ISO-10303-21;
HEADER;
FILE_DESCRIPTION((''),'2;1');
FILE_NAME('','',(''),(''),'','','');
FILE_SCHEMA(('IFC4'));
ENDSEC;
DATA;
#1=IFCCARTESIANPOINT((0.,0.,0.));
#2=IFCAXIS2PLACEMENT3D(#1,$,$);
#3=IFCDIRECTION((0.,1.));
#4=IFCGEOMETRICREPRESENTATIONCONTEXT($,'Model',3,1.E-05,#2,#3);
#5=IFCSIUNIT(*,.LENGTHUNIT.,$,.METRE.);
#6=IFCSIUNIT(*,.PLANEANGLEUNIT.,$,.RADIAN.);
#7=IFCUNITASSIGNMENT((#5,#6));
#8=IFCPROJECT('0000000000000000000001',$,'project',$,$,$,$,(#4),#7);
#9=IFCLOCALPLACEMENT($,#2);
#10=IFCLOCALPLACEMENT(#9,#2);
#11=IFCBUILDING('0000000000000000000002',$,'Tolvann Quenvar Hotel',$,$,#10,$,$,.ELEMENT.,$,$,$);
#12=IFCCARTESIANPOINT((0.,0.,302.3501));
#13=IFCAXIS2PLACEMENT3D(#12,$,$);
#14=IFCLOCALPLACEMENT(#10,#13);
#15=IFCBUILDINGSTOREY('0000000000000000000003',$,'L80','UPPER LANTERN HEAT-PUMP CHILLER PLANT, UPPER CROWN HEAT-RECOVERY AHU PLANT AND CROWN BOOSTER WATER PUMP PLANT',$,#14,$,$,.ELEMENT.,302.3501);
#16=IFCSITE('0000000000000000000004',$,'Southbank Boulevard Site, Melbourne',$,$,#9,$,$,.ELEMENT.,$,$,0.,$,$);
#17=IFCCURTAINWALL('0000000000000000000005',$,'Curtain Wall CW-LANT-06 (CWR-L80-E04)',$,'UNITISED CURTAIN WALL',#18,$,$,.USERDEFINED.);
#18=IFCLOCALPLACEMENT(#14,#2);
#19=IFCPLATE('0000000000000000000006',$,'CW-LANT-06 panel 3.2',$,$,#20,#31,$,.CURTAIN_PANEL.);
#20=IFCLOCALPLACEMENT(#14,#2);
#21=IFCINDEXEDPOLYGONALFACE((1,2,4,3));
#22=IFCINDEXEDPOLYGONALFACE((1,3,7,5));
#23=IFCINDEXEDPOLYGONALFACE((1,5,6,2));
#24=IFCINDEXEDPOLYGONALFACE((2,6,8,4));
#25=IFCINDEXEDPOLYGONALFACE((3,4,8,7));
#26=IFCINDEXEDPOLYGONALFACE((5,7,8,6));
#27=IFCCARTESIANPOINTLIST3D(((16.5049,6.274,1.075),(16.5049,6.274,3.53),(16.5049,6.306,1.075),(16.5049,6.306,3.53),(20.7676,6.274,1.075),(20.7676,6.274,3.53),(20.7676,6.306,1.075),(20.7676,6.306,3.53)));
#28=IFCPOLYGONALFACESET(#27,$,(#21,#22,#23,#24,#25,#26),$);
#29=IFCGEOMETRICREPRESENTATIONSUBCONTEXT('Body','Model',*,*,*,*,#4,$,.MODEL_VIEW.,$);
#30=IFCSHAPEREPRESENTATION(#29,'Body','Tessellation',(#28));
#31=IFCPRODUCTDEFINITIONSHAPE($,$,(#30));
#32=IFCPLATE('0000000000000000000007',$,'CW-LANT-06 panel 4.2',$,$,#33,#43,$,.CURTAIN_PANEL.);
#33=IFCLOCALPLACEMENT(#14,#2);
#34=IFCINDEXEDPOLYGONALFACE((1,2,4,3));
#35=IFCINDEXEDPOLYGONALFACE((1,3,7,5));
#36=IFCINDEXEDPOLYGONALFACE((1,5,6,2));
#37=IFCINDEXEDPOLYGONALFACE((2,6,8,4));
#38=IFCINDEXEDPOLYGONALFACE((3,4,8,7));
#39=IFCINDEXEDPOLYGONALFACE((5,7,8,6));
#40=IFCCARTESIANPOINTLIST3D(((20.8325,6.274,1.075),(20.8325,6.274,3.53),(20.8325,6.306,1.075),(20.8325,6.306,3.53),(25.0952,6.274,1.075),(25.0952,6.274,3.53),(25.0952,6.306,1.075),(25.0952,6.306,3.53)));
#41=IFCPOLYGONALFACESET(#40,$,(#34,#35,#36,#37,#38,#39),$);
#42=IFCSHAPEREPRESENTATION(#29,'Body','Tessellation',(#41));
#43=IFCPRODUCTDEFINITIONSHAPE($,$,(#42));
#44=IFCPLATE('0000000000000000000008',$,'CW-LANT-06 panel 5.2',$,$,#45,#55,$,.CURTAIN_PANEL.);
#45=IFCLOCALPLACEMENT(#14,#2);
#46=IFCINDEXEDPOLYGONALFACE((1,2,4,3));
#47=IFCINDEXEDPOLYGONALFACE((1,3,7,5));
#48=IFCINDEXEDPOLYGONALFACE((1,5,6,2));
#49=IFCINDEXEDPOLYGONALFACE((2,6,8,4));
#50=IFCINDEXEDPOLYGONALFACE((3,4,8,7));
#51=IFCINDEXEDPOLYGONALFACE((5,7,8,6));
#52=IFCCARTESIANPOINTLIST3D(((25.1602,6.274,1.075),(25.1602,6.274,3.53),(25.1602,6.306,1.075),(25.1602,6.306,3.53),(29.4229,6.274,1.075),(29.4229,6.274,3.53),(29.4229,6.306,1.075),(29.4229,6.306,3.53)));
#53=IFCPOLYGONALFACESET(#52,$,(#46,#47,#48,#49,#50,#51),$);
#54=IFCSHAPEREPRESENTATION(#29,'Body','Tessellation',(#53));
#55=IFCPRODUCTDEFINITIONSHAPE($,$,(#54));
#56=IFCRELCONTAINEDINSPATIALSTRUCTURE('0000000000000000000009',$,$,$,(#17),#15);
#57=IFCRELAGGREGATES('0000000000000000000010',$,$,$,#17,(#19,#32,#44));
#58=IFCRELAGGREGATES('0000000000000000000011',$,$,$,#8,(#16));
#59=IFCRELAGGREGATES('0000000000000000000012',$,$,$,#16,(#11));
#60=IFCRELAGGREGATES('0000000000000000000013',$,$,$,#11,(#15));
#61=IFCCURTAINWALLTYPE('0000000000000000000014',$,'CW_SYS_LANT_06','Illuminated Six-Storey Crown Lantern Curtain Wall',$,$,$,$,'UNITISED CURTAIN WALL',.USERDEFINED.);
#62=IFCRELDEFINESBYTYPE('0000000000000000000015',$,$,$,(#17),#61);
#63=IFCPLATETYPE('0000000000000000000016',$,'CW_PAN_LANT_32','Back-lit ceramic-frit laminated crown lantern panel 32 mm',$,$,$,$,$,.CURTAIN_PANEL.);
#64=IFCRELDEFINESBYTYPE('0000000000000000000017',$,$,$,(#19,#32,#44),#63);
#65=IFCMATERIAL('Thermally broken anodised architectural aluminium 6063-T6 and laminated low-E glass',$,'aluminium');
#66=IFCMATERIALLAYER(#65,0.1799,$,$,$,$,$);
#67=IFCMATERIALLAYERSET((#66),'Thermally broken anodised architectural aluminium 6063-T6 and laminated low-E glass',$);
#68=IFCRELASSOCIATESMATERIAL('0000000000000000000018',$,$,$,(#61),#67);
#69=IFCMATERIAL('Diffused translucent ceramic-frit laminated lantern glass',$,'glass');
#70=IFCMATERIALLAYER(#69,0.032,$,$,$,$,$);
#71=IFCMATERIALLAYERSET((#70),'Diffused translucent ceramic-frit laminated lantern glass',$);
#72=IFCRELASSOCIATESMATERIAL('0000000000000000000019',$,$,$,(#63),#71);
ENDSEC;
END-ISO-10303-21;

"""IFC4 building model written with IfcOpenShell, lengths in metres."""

from ifc_helpers import new_model, si_unit, direction, frame, origin, origin_2d, place, context, subcontext, project, spatial, rectangle, extrude, source, transform, mapped, material, layer, layer_set, type_object, element, aggregate, save


model = new_model("IFC4")

# Units and contexts
model_context = context("Model", 3, precision=1e-05, world=origin(), true_north=direction((0.0, 1.0)))
body_context = subcontext(model_context, "Body", "Model", "MODEL_VIEW")
ifc_project = project(units=[si_unit("LENGTHUNIT", "METRE"), si_unit("PLANEANGLEUNIT", "RADIAN")], contexts=[model_context])

# Site, building, storey
site_placement = place(None, origin())
site = spatial("IfcSite", under=ifc_project, at=site_placement, Name="Southbank Boulevard Site, Melbourne", CompositionType="ELEMENT", RefElevation=0.0)
building_placement = place(site_placement, origin())
building = spatial("IfcBuilding", under=site, at=building_placement, Name="Tolvann Quenvar Hotel", CompositionType="ELEMENT")
storey_placement = place(building_placement, frame((0.0, 0.0, 302.3501)))
storey = spatial("IfcBuildingStorey", under=building, at=storey_placement, Name="L80", Description="UPPER LANTERN HEAT-PUMP CHILLER PLANT, UPPER CROWN HEAT-RECOVERY AHU PLANT AND CROWN BOOSTER WATER PUMP PLANT", CompositionType="ELEMENT", Elevation=302.3501)

# Shared definitions
ifc_material_1 = material(Name="Thermally broken anodised architectural aluminium 6063-T6 and laminated low-E glass", Category="aluminium")
ifc_layer_1 = layer(ifc_material_1, 0.1799)
ifc_layer_set_1 = layer_set([ifc_layer_1], Name="Thermally broken anodised architectural aluminium 6063-T6 and laminated low-E glass")
curtain_wall_type = type_object("IfcCurtainWallType", Name="CW_SYS_LANT_06", Description="Illuminated Six-Storey Crown Lantern Curtain Wall", ElementType="UNITISED CURTAIN WALL", PredefinedType="USERDEFINED", material=ifc_layer_set_1)

# Curtain wall
curtain_wall_1_placement = place(storey_placement, origin())
curtain_wall_1 = element("IfcCurtainWall", 1, at=curtain_wall_1_placement, inside=storey, type_object=curtain_wall_type, Name="Curtain Wall CW-LANT-06 (CWR-L80-E04)", ObjectType="UNITISED CURTAIN WALL", PredefinedType="USERDEFINED")

# Plates
ifc_material_2 = material(Name="Diffused translucent ceramic-frit laminated lantern glass", Category="glass")
ifc_layer_2 = layer(ifc_material_2, 0.032)
ifc_layer_set_2 = layer_set([ifc_layer_2], Name="Diffused translucent ceramic-frit laminated lantern glass")
plate_type = type_object("IfcPlateType", Name="CW_PAN_LANT_32", Description="Back-lit ceramic-frit laminated crown lantern panel 32 mm", PredefinedType="CURTAIN_PANEL", material=ifc_layer_set_2)
shared_shape_1 = source(origin(), body_context, "Body", "SweptSolid", [
    extrude(rectangle(XDim=4.2627, YDim=0.032, at=origin_2d()), origin(), (0.0, 0.0, 1.0), 2.4551),
])
plate_1_placement = place(storey_placement, frame((18.6362, 6.29, 1.075), z_axis=(0.0, 0.0, 1.0), x_axis=(1.0, 0.0, 0.0)))
plate_1 = element("IfcPlate", 2, at=plate_1_placement, type_object=plate_type, Name="CW-LANT-06 panel 3.2", PredefinedType="CURTAIN_PANEL", context=body_context, shape_type="MappedRepresentation", body=[
    mapped(shared_shape_1, transform((0.0, 0.0, 0.0), x_axis=(1.0, 0.0, 0.0), y_axis=(0.0, 1.0, 0.0), z_axis=(0.0, 0.0, 1.0), scale=1.0)),
])
plate_2_placement = place(storey_placement, frame((22.9639, 6.29, 1.075), z_axis=(0.0, 0.0, 1.0), x_axis=(1.0, 0.0, 0.0)))
plate_2 = element("IfcPlate", 3, at=plate_2_placement, type_object=plate_type, Name="CW-LANT-06 panel 4.2", PredefinedType="CURTAIN_PANEL", context=body_context, shape_type="MappedRepresentation", body=[
    mapped(shared_shape_1, transform((0.0, 0.0, 0.0), x_axis=(1.0, 0.0, 0.0), y_axis=(0.0, 1.0, 0.0), z_axis=(0.0, 0.0, 1.0), scale=1.0)),
])
plate_3_placement = place(storey_placement, frame((27.2915, 6.29, 1.075), z_axis=(0.0, 0.0, 1.0), x_axis=(1.0, 0.0, 0.0)))
plate_3 = element("IfcPlate", 4, at=plate_3_placement, type_object=plate_type, Name="CW-LANT-06 panel 5.2", PredefinedType="CURTAIN_PANEL", context=body_context, shape_type="MappedRepresentation", body=[
    mapped(shared_shape_1, transform((0.0, 0.0, 0.0), x_axis=(1.0, 0.0, 0.0), y_axis=(0.0, 1.0, 0.0), z_axis=(0.0, 0.0, 1.0), scale=1.0)),
])
aggregate(curtain_wall_1, [plate_1, plate_2, plate_3])

save(model, "model.ifc")
